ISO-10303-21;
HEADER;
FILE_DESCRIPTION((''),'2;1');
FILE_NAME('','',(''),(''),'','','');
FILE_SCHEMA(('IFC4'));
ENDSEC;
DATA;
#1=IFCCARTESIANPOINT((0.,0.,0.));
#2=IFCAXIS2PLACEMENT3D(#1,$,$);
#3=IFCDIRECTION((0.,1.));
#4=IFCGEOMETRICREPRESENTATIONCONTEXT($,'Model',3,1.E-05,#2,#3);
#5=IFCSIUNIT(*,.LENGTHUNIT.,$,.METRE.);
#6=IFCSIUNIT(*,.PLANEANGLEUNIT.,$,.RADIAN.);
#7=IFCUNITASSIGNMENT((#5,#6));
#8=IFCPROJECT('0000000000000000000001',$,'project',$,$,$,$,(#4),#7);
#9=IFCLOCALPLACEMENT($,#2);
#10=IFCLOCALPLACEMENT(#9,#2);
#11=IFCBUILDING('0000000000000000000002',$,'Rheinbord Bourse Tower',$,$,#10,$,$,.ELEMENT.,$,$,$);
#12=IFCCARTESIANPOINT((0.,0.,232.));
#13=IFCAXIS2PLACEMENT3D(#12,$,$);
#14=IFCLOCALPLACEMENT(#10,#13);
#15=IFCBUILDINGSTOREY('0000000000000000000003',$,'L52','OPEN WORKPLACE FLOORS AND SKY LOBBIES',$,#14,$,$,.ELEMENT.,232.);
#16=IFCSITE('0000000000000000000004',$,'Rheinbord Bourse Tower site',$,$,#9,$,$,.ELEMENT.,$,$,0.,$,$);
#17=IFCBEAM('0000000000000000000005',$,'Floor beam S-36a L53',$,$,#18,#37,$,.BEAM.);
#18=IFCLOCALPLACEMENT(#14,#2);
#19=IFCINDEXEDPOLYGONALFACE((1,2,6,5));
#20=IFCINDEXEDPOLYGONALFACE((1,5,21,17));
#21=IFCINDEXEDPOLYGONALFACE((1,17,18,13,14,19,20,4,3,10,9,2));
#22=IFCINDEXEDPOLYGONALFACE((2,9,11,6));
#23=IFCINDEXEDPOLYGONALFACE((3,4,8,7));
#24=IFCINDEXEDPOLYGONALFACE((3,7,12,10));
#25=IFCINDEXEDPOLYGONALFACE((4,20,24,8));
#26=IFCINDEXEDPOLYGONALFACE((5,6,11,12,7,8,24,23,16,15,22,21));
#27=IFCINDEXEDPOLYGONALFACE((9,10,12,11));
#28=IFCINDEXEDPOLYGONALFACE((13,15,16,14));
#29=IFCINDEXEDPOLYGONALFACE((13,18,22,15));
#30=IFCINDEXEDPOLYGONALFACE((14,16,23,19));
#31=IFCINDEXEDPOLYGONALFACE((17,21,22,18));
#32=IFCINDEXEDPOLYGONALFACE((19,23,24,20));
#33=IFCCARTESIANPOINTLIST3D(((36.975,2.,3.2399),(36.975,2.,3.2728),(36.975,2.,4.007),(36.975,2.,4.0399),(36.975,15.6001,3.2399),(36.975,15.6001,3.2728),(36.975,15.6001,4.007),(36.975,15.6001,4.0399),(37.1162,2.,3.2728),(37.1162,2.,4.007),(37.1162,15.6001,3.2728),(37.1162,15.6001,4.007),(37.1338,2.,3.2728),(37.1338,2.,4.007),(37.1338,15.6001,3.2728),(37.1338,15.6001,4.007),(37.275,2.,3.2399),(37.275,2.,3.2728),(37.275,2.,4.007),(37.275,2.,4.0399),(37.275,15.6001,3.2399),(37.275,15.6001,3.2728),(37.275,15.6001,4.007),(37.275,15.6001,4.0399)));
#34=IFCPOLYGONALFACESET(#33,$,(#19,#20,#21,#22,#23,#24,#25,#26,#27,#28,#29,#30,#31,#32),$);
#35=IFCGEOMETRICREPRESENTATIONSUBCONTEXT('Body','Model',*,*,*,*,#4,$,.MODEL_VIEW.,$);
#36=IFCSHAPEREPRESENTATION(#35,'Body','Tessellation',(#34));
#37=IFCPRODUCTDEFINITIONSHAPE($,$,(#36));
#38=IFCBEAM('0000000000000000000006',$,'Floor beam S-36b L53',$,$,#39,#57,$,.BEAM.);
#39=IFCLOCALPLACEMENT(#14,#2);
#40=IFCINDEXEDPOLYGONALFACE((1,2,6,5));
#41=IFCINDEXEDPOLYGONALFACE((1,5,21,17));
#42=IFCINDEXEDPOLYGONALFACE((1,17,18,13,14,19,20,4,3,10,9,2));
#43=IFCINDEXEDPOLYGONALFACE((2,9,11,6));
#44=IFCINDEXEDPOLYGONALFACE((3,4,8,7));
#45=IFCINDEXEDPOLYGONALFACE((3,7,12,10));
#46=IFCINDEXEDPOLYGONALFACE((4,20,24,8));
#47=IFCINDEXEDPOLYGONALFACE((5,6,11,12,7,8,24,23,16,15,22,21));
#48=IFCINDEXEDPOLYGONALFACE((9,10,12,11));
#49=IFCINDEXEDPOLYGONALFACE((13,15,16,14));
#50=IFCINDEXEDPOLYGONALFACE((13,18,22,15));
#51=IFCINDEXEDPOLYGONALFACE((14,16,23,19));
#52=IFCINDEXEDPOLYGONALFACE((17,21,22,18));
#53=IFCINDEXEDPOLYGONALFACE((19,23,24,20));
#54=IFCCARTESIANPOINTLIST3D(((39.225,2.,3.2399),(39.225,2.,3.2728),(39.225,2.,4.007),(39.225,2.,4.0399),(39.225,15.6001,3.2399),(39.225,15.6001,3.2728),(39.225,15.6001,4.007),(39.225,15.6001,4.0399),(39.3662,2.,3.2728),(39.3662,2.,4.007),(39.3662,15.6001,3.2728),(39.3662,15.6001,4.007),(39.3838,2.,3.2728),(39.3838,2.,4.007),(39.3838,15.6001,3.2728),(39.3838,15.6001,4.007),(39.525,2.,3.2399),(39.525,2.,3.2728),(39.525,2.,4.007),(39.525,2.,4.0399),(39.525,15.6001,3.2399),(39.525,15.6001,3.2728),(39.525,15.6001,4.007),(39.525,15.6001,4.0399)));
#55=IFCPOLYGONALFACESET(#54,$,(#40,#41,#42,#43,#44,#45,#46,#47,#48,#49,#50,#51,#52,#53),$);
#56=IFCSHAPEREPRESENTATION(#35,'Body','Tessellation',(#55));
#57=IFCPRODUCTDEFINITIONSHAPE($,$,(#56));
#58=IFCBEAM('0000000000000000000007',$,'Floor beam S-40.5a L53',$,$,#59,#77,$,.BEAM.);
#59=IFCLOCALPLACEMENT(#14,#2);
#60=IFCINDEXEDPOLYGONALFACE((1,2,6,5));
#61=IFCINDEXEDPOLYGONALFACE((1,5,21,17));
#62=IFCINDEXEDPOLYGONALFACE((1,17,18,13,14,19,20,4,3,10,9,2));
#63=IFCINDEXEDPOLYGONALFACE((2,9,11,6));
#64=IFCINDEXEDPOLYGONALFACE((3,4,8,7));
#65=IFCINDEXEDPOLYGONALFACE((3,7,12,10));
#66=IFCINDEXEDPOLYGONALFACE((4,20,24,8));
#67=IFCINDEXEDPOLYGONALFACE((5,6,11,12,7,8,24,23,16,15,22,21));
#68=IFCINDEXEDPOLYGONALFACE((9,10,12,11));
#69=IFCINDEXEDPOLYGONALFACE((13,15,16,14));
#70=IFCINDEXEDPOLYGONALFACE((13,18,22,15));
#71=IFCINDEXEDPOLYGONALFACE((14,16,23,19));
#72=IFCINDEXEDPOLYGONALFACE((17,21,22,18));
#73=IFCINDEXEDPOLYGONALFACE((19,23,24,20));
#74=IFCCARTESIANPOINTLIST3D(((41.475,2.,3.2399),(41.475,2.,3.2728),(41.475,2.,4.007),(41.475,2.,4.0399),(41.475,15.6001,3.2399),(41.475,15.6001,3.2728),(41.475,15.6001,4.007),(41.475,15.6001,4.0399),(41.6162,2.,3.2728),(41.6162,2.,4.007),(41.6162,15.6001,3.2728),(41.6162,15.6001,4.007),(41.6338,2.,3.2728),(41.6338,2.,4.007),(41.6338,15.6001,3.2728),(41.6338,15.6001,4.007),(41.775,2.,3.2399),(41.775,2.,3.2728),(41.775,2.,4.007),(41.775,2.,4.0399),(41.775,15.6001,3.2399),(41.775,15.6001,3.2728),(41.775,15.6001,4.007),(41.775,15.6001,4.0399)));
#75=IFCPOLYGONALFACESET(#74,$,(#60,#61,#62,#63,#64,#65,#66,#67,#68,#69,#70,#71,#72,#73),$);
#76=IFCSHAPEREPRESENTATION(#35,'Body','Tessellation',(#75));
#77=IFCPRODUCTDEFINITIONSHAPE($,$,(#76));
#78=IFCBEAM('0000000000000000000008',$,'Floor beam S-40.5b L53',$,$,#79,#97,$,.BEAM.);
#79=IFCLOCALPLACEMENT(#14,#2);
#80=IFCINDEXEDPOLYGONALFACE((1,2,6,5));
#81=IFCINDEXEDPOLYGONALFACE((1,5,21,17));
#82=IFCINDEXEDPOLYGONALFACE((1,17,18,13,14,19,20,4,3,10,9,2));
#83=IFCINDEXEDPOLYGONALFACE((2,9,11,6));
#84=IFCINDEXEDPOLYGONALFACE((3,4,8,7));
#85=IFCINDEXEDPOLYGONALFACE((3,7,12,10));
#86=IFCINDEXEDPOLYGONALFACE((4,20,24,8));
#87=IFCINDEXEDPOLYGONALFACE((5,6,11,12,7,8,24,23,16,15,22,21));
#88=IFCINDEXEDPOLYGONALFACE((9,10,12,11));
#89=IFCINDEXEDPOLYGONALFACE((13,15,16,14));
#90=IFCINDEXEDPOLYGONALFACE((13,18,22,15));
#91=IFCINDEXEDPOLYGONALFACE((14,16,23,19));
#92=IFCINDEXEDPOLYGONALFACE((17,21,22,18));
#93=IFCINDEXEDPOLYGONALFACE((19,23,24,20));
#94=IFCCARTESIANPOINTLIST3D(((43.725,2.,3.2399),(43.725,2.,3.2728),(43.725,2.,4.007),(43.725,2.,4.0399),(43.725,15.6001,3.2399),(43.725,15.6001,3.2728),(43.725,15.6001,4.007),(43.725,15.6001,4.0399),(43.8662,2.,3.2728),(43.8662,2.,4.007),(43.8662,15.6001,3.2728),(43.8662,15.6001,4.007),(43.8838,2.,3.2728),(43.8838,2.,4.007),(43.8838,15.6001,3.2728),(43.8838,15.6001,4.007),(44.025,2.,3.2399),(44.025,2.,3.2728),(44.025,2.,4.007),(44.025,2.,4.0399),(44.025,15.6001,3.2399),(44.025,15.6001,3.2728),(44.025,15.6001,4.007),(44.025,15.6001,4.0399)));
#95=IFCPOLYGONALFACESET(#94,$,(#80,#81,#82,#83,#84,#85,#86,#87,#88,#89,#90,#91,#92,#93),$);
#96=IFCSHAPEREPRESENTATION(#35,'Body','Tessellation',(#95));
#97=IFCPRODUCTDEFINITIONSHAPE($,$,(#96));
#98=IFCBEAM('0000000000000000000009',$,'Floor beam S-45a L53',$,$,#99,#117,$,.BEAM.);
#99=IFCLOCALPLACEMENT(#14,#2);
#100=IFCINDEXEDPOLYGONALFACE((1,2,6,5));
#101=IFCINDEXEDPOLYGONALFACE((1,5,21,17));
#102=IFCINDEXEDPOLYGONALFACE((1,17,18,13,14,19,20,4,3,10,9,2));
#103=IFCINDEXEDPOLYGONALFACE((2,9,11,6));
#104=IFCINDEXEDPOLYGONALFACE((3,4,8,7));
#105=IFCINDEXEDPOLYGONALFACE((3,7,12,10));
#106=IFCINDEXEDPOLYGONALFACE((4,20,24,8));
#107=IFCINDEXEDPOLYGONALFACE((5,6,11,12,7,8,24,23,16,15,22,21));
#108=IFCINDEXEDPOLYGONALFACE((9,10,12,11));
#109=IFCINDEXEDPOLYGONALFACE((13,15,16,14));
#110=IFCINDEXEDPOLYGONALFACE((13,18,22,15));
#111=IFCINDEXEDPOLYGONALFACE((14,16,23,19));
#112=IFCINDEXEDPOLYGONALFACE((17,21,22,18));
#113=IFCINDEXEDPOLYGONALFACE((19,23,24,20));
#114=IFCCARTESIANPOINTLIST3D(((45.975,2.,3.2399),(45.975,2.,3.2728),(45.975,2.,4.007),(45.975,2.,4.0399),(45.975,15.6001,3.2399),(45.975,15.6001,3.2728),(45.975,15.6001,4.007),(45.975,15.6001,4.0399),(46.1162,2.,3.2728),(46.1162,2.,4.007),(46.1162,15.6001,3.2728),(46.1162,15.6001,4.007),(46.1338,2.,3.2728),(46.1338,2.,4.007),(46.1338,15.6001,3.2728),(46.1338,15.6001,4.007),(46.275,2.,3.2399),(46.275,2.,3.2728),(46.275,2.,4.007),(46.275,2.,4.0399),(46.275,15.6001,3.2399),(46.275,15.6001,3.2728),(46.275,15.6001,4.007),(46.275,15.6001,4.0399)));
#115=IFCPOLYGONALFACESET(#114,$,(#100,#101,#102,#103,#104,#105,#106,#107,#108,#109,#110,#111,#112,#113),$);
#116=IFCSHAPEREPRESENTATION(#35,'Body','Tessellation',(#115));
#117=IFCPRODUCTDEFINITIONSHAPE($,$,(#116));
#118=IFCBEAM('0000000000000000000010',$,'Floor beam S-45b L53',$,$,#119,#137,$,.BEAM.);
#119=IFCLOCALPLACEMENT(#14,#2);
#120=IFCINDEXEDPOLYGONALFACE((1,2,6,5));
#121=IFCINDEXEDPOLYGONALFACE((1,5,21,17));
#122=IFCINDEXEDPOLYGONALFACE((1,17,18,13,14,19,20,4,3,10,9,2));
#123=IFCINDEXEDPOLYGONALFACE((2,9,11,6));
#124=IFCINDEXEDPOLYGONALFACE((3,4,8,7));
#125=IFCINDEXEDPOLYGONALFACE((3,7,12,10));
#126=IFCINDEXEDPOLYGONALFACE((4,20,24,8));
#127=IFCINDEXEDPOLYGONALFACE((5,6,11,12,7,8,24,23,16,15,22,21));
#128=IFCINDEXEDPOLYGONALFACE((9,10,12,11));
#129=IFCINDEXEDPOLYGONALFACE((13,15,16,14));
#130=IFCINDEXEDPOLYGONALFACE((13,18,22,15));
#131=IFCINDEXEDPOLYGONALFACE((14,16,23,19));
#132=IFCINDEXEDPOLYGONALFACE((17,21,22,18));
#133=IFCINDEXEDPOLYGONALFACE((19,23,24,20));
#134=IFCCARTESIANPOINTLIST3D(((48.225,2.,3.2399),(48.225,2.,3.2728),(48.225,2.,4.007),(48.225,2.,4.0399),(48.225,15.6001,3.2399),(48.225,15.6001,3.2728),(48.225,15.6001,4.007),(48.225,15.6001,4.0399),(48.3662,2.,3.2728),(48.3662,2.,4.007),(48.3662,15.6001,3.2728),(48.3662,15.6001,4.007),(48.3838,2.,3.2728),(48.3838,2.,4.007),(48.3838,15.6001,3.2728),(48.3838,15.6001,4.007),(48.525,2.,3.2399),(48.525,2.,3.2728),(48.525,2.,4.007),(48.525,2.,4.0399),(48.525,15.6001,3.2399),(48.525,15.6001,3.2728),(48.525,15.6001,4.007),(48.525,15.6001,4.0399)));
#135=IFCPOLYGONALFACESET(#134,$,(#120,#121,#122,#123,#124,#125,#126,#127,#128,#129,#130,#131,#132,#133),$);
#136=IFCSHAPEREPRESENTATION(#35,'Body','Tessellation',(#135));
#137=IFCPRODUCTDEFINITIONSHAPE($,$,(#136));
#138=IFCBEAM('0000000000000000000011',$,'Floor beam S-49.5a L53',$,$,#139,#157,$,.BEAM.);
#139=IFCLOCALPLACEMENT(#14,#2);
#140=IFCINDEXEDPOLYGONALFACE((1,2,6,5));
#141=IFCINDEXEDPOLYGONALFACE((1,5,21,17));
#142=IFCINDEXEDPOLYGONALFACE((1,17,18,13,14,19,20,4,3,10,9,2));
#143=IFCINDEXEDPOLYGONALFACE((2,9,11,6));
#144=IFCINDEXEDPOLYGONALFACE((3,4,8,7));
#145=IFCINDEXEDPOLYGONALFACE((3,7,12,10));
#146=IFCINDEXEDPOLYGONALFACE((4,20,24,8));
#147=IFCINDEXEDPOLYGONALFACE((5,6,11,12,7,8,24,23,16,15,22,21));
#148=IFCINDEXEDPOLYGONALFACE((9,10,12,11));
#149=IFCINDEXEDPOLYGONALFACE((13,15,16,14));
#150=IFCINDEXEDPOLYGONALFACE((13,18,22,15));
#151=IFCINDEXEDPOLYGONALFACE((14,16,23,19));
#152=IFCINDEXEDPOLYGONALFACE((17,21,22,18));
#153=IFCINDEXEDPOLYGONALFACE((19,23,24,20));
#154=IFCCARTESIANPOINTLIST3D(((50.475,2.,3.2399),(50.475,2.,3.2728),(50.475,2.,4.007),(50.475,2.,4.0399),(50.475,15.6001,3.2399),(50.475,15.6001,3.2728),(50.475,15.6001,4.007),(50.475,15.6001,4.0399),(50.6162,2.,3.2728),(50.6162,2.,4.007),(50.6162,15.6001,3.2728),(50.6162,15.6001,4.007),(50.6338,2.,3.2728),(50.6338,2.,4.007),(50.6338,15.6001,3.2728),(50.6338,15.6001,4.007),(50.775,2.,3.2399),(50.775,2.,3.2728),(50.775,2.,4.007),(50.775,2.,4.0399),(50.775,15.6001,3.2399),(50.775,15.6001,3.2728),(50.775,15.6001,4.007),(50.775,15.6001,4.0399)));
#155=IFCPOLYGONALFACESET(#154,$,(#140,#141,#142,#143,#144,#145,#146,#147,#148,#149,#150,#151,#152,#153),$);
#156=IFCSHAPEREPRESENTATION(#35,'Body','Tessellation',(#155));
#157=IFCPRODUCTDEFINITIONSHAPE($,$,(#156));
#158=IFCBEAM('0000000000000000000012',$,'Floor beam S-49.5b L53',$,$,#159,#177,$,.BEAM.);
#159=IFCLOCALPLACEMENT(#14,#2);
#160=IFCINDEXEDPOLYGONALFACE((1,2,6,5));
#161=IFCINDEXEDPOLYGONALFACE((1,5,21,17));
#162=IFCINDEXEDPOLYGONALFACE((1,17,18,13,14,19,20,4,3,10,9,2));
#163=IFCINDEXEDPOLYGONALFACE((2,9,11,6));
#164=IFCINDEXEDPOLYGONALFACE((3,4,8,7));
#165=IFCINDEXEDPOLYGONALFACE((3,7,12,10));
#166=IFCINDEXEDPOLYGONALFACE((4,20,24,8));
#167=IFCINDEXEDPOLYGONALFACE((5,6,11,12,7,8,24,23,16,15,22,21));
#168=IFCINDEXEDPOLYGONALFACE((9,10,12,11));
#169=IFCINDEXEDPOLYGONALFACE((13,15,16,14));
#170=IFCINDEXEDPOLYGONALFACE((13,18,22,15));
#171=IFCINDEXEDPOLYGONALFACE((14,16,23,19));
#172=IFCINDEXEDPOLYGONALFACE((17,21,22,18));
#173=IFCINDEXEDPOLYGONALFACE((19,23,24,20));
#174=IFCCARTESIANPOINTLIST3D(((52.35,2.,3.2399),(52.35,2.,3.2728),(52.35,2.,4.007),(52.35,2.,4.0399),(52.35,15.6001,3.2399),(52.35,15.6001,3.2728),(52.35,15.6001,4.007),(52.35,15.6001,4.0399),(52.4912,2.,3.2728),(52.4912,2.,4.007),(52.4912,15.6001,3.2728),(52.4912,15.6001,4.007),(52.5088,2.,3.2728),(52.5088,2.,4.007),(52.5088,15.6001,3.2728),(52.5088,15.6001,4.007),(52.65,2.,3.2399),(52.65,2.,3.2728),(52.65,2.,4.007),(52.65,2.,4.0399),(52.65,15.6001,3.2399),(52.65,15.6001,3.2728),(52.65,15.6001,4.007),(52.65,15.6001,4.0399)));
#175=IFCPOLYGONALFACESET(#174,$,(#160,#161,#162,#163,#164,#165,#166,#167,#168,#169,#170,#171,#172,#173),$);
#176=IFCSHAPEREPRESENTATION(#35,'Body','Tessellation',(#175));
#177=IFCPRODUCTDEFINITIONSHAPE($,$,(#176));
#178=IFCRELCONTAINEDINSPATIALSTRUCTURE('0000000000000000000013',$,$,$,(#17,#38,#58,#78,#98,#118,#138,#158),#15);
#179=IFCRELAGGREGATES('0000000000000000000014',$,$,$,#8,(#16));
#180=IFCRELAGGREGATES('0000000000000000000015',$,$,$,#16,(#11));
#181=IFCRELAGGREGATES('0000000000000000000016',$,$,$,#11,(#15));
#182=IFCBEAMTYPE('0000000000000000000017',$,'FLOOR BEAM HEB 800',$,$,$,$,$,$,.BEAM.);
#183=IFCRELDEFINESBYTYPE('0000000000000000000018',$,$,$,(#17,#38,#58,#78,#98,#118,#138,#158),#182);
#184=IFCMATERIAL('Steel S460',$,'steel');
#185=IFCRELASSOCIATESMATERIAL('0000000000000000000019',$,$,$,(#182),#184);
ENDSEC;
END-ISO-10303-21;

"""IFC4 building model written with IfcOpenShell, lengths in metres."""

from ifc_helpers import new_model, si_unit, direction, frame, origin, origin_2d, place, context, subcontext, project, spatial, i_section, extrude, material, material_profile, profile_set, type_object, element, save


model = new_model("IFC4")

# Units and contexts
model_context = context("Model", 3, precision=1e-05, world=origin(), true_north=direction((0.0, 1.0)))
body_context = subcontext(model_context, "Body", "Model", "MODEL_VIEW")
ifc_project = project(units=[si_unit("LENGTHUNIT", "METRE"), si_unit("PLANEANGLEUNIT", "RADIAN")], contexts=[model_context])

# Site, building, storey
site_placement = place(None, origin())
site = spatial("IfcSite", under=ifc_project, at=site_placement, Name="Rheinbord Bourse Tower site", CompositionType="ELEMENT", RefElevation=0.0)
building_placement = place(site_placement, origin())
building = spatial("IfcBuilding", under=site, at=building_placement, Name="Rheinbord Bourse Tower", CompositionType="ELEMENT")
storey_placement = place(building_placement, frame((0.0, 0.0, 232.0)))
storey = spatial("IfcBuildingStorey", under=building, at=storey_placement, Name="L52", Description="OPEN WORKPLACE FLOORS AND SKY LOBBIES", CompositionType="ELEMENT", Elevation=232.0)

# Beams
ifc_material_1 = material(Name="Steel S460", Category="steel")
ifc_material_profile_1 = material_profile(ifc_material_1, i_section(OverallWidth=0.3, OverallDepth=0.8, WebThickness=0.0176, FlangeThickness=0.033, at=origin_2d()), Name="HEB 800")
ifc_profile_set_1 = profile_set([ifc_material_profile_1], Name="Steel S460")
beam_type_1 = type_object("IfcBeamType", Name="FLOOR BEAM HEB 800", PredefinedType="BEAM", material=ifc_profile_set_1)
for number, where, z_axis, x_axis, name in (
    (1, (37.125, 2.0, 3.6399), (0.0, 1.0, 0.0), (-1.0, 0.0, 0.0), "Floor beam S-36a L53"),
    (2, (39.375, 2.0, 3.6399), (0.0, 1.0, 0.0), (-1.0, 0.0, 0.0), "Floor beam S-36b L53"),
    (3, (41.625, 2.0, 3.6399), (0.0, 1.0, 0.0), (-1.0, 0.0, 0.0), "Floor beam S-40.5a L53"),
    (4, (43.875, 2.0, 3.6399), (0.0, 1.0, 0.0), (-1.0, 0.0, 0.0), "Floor beam S-40.5b L53"),
    (5, (46.125, 2.0, 3.6399), (0.0, 1.0, 0.0), (-1.0, 0.0, 0.0), "Floor beam S-45a L53"),
    (6, (48.375, 2.0, 3.6399), (0.0, 1.0, 0.0), (-1.0, 0.0, 0.0), "Floor beam S-45b L53"),
    (7, (50.625, 2.0, 3.6399), (0.0, 1.0, 0.0), (-1.0, 0.0, 0.0), "Floor beam S-49.5a L53"),
    (8, (52.5, 2.0, 3.6399), (0.0, 1.0, 0.0), (-1.0, 0.0, 0.0), "Floor beam S-49.5b L53"),
):
    element("IfcBeam", number, at=place(storey_placement, frame(where, z_axis=z_axis, x_axis=x_axis)), inside=storey, type_object=beam_type_1, Name=name, PredefinedType="BEAM", context=body_context, shape_type="SweptSolid", body=[
        extrude(i_section(OverallWidth=0.3, OverallDepth=0.8, WebThickness=0.0176, FlangeThickness=0.033, at=origin_2d()), origin(), (0.0, 0.0, 1.0), 13.6001),
    ])

save(model, "model.ifc")
